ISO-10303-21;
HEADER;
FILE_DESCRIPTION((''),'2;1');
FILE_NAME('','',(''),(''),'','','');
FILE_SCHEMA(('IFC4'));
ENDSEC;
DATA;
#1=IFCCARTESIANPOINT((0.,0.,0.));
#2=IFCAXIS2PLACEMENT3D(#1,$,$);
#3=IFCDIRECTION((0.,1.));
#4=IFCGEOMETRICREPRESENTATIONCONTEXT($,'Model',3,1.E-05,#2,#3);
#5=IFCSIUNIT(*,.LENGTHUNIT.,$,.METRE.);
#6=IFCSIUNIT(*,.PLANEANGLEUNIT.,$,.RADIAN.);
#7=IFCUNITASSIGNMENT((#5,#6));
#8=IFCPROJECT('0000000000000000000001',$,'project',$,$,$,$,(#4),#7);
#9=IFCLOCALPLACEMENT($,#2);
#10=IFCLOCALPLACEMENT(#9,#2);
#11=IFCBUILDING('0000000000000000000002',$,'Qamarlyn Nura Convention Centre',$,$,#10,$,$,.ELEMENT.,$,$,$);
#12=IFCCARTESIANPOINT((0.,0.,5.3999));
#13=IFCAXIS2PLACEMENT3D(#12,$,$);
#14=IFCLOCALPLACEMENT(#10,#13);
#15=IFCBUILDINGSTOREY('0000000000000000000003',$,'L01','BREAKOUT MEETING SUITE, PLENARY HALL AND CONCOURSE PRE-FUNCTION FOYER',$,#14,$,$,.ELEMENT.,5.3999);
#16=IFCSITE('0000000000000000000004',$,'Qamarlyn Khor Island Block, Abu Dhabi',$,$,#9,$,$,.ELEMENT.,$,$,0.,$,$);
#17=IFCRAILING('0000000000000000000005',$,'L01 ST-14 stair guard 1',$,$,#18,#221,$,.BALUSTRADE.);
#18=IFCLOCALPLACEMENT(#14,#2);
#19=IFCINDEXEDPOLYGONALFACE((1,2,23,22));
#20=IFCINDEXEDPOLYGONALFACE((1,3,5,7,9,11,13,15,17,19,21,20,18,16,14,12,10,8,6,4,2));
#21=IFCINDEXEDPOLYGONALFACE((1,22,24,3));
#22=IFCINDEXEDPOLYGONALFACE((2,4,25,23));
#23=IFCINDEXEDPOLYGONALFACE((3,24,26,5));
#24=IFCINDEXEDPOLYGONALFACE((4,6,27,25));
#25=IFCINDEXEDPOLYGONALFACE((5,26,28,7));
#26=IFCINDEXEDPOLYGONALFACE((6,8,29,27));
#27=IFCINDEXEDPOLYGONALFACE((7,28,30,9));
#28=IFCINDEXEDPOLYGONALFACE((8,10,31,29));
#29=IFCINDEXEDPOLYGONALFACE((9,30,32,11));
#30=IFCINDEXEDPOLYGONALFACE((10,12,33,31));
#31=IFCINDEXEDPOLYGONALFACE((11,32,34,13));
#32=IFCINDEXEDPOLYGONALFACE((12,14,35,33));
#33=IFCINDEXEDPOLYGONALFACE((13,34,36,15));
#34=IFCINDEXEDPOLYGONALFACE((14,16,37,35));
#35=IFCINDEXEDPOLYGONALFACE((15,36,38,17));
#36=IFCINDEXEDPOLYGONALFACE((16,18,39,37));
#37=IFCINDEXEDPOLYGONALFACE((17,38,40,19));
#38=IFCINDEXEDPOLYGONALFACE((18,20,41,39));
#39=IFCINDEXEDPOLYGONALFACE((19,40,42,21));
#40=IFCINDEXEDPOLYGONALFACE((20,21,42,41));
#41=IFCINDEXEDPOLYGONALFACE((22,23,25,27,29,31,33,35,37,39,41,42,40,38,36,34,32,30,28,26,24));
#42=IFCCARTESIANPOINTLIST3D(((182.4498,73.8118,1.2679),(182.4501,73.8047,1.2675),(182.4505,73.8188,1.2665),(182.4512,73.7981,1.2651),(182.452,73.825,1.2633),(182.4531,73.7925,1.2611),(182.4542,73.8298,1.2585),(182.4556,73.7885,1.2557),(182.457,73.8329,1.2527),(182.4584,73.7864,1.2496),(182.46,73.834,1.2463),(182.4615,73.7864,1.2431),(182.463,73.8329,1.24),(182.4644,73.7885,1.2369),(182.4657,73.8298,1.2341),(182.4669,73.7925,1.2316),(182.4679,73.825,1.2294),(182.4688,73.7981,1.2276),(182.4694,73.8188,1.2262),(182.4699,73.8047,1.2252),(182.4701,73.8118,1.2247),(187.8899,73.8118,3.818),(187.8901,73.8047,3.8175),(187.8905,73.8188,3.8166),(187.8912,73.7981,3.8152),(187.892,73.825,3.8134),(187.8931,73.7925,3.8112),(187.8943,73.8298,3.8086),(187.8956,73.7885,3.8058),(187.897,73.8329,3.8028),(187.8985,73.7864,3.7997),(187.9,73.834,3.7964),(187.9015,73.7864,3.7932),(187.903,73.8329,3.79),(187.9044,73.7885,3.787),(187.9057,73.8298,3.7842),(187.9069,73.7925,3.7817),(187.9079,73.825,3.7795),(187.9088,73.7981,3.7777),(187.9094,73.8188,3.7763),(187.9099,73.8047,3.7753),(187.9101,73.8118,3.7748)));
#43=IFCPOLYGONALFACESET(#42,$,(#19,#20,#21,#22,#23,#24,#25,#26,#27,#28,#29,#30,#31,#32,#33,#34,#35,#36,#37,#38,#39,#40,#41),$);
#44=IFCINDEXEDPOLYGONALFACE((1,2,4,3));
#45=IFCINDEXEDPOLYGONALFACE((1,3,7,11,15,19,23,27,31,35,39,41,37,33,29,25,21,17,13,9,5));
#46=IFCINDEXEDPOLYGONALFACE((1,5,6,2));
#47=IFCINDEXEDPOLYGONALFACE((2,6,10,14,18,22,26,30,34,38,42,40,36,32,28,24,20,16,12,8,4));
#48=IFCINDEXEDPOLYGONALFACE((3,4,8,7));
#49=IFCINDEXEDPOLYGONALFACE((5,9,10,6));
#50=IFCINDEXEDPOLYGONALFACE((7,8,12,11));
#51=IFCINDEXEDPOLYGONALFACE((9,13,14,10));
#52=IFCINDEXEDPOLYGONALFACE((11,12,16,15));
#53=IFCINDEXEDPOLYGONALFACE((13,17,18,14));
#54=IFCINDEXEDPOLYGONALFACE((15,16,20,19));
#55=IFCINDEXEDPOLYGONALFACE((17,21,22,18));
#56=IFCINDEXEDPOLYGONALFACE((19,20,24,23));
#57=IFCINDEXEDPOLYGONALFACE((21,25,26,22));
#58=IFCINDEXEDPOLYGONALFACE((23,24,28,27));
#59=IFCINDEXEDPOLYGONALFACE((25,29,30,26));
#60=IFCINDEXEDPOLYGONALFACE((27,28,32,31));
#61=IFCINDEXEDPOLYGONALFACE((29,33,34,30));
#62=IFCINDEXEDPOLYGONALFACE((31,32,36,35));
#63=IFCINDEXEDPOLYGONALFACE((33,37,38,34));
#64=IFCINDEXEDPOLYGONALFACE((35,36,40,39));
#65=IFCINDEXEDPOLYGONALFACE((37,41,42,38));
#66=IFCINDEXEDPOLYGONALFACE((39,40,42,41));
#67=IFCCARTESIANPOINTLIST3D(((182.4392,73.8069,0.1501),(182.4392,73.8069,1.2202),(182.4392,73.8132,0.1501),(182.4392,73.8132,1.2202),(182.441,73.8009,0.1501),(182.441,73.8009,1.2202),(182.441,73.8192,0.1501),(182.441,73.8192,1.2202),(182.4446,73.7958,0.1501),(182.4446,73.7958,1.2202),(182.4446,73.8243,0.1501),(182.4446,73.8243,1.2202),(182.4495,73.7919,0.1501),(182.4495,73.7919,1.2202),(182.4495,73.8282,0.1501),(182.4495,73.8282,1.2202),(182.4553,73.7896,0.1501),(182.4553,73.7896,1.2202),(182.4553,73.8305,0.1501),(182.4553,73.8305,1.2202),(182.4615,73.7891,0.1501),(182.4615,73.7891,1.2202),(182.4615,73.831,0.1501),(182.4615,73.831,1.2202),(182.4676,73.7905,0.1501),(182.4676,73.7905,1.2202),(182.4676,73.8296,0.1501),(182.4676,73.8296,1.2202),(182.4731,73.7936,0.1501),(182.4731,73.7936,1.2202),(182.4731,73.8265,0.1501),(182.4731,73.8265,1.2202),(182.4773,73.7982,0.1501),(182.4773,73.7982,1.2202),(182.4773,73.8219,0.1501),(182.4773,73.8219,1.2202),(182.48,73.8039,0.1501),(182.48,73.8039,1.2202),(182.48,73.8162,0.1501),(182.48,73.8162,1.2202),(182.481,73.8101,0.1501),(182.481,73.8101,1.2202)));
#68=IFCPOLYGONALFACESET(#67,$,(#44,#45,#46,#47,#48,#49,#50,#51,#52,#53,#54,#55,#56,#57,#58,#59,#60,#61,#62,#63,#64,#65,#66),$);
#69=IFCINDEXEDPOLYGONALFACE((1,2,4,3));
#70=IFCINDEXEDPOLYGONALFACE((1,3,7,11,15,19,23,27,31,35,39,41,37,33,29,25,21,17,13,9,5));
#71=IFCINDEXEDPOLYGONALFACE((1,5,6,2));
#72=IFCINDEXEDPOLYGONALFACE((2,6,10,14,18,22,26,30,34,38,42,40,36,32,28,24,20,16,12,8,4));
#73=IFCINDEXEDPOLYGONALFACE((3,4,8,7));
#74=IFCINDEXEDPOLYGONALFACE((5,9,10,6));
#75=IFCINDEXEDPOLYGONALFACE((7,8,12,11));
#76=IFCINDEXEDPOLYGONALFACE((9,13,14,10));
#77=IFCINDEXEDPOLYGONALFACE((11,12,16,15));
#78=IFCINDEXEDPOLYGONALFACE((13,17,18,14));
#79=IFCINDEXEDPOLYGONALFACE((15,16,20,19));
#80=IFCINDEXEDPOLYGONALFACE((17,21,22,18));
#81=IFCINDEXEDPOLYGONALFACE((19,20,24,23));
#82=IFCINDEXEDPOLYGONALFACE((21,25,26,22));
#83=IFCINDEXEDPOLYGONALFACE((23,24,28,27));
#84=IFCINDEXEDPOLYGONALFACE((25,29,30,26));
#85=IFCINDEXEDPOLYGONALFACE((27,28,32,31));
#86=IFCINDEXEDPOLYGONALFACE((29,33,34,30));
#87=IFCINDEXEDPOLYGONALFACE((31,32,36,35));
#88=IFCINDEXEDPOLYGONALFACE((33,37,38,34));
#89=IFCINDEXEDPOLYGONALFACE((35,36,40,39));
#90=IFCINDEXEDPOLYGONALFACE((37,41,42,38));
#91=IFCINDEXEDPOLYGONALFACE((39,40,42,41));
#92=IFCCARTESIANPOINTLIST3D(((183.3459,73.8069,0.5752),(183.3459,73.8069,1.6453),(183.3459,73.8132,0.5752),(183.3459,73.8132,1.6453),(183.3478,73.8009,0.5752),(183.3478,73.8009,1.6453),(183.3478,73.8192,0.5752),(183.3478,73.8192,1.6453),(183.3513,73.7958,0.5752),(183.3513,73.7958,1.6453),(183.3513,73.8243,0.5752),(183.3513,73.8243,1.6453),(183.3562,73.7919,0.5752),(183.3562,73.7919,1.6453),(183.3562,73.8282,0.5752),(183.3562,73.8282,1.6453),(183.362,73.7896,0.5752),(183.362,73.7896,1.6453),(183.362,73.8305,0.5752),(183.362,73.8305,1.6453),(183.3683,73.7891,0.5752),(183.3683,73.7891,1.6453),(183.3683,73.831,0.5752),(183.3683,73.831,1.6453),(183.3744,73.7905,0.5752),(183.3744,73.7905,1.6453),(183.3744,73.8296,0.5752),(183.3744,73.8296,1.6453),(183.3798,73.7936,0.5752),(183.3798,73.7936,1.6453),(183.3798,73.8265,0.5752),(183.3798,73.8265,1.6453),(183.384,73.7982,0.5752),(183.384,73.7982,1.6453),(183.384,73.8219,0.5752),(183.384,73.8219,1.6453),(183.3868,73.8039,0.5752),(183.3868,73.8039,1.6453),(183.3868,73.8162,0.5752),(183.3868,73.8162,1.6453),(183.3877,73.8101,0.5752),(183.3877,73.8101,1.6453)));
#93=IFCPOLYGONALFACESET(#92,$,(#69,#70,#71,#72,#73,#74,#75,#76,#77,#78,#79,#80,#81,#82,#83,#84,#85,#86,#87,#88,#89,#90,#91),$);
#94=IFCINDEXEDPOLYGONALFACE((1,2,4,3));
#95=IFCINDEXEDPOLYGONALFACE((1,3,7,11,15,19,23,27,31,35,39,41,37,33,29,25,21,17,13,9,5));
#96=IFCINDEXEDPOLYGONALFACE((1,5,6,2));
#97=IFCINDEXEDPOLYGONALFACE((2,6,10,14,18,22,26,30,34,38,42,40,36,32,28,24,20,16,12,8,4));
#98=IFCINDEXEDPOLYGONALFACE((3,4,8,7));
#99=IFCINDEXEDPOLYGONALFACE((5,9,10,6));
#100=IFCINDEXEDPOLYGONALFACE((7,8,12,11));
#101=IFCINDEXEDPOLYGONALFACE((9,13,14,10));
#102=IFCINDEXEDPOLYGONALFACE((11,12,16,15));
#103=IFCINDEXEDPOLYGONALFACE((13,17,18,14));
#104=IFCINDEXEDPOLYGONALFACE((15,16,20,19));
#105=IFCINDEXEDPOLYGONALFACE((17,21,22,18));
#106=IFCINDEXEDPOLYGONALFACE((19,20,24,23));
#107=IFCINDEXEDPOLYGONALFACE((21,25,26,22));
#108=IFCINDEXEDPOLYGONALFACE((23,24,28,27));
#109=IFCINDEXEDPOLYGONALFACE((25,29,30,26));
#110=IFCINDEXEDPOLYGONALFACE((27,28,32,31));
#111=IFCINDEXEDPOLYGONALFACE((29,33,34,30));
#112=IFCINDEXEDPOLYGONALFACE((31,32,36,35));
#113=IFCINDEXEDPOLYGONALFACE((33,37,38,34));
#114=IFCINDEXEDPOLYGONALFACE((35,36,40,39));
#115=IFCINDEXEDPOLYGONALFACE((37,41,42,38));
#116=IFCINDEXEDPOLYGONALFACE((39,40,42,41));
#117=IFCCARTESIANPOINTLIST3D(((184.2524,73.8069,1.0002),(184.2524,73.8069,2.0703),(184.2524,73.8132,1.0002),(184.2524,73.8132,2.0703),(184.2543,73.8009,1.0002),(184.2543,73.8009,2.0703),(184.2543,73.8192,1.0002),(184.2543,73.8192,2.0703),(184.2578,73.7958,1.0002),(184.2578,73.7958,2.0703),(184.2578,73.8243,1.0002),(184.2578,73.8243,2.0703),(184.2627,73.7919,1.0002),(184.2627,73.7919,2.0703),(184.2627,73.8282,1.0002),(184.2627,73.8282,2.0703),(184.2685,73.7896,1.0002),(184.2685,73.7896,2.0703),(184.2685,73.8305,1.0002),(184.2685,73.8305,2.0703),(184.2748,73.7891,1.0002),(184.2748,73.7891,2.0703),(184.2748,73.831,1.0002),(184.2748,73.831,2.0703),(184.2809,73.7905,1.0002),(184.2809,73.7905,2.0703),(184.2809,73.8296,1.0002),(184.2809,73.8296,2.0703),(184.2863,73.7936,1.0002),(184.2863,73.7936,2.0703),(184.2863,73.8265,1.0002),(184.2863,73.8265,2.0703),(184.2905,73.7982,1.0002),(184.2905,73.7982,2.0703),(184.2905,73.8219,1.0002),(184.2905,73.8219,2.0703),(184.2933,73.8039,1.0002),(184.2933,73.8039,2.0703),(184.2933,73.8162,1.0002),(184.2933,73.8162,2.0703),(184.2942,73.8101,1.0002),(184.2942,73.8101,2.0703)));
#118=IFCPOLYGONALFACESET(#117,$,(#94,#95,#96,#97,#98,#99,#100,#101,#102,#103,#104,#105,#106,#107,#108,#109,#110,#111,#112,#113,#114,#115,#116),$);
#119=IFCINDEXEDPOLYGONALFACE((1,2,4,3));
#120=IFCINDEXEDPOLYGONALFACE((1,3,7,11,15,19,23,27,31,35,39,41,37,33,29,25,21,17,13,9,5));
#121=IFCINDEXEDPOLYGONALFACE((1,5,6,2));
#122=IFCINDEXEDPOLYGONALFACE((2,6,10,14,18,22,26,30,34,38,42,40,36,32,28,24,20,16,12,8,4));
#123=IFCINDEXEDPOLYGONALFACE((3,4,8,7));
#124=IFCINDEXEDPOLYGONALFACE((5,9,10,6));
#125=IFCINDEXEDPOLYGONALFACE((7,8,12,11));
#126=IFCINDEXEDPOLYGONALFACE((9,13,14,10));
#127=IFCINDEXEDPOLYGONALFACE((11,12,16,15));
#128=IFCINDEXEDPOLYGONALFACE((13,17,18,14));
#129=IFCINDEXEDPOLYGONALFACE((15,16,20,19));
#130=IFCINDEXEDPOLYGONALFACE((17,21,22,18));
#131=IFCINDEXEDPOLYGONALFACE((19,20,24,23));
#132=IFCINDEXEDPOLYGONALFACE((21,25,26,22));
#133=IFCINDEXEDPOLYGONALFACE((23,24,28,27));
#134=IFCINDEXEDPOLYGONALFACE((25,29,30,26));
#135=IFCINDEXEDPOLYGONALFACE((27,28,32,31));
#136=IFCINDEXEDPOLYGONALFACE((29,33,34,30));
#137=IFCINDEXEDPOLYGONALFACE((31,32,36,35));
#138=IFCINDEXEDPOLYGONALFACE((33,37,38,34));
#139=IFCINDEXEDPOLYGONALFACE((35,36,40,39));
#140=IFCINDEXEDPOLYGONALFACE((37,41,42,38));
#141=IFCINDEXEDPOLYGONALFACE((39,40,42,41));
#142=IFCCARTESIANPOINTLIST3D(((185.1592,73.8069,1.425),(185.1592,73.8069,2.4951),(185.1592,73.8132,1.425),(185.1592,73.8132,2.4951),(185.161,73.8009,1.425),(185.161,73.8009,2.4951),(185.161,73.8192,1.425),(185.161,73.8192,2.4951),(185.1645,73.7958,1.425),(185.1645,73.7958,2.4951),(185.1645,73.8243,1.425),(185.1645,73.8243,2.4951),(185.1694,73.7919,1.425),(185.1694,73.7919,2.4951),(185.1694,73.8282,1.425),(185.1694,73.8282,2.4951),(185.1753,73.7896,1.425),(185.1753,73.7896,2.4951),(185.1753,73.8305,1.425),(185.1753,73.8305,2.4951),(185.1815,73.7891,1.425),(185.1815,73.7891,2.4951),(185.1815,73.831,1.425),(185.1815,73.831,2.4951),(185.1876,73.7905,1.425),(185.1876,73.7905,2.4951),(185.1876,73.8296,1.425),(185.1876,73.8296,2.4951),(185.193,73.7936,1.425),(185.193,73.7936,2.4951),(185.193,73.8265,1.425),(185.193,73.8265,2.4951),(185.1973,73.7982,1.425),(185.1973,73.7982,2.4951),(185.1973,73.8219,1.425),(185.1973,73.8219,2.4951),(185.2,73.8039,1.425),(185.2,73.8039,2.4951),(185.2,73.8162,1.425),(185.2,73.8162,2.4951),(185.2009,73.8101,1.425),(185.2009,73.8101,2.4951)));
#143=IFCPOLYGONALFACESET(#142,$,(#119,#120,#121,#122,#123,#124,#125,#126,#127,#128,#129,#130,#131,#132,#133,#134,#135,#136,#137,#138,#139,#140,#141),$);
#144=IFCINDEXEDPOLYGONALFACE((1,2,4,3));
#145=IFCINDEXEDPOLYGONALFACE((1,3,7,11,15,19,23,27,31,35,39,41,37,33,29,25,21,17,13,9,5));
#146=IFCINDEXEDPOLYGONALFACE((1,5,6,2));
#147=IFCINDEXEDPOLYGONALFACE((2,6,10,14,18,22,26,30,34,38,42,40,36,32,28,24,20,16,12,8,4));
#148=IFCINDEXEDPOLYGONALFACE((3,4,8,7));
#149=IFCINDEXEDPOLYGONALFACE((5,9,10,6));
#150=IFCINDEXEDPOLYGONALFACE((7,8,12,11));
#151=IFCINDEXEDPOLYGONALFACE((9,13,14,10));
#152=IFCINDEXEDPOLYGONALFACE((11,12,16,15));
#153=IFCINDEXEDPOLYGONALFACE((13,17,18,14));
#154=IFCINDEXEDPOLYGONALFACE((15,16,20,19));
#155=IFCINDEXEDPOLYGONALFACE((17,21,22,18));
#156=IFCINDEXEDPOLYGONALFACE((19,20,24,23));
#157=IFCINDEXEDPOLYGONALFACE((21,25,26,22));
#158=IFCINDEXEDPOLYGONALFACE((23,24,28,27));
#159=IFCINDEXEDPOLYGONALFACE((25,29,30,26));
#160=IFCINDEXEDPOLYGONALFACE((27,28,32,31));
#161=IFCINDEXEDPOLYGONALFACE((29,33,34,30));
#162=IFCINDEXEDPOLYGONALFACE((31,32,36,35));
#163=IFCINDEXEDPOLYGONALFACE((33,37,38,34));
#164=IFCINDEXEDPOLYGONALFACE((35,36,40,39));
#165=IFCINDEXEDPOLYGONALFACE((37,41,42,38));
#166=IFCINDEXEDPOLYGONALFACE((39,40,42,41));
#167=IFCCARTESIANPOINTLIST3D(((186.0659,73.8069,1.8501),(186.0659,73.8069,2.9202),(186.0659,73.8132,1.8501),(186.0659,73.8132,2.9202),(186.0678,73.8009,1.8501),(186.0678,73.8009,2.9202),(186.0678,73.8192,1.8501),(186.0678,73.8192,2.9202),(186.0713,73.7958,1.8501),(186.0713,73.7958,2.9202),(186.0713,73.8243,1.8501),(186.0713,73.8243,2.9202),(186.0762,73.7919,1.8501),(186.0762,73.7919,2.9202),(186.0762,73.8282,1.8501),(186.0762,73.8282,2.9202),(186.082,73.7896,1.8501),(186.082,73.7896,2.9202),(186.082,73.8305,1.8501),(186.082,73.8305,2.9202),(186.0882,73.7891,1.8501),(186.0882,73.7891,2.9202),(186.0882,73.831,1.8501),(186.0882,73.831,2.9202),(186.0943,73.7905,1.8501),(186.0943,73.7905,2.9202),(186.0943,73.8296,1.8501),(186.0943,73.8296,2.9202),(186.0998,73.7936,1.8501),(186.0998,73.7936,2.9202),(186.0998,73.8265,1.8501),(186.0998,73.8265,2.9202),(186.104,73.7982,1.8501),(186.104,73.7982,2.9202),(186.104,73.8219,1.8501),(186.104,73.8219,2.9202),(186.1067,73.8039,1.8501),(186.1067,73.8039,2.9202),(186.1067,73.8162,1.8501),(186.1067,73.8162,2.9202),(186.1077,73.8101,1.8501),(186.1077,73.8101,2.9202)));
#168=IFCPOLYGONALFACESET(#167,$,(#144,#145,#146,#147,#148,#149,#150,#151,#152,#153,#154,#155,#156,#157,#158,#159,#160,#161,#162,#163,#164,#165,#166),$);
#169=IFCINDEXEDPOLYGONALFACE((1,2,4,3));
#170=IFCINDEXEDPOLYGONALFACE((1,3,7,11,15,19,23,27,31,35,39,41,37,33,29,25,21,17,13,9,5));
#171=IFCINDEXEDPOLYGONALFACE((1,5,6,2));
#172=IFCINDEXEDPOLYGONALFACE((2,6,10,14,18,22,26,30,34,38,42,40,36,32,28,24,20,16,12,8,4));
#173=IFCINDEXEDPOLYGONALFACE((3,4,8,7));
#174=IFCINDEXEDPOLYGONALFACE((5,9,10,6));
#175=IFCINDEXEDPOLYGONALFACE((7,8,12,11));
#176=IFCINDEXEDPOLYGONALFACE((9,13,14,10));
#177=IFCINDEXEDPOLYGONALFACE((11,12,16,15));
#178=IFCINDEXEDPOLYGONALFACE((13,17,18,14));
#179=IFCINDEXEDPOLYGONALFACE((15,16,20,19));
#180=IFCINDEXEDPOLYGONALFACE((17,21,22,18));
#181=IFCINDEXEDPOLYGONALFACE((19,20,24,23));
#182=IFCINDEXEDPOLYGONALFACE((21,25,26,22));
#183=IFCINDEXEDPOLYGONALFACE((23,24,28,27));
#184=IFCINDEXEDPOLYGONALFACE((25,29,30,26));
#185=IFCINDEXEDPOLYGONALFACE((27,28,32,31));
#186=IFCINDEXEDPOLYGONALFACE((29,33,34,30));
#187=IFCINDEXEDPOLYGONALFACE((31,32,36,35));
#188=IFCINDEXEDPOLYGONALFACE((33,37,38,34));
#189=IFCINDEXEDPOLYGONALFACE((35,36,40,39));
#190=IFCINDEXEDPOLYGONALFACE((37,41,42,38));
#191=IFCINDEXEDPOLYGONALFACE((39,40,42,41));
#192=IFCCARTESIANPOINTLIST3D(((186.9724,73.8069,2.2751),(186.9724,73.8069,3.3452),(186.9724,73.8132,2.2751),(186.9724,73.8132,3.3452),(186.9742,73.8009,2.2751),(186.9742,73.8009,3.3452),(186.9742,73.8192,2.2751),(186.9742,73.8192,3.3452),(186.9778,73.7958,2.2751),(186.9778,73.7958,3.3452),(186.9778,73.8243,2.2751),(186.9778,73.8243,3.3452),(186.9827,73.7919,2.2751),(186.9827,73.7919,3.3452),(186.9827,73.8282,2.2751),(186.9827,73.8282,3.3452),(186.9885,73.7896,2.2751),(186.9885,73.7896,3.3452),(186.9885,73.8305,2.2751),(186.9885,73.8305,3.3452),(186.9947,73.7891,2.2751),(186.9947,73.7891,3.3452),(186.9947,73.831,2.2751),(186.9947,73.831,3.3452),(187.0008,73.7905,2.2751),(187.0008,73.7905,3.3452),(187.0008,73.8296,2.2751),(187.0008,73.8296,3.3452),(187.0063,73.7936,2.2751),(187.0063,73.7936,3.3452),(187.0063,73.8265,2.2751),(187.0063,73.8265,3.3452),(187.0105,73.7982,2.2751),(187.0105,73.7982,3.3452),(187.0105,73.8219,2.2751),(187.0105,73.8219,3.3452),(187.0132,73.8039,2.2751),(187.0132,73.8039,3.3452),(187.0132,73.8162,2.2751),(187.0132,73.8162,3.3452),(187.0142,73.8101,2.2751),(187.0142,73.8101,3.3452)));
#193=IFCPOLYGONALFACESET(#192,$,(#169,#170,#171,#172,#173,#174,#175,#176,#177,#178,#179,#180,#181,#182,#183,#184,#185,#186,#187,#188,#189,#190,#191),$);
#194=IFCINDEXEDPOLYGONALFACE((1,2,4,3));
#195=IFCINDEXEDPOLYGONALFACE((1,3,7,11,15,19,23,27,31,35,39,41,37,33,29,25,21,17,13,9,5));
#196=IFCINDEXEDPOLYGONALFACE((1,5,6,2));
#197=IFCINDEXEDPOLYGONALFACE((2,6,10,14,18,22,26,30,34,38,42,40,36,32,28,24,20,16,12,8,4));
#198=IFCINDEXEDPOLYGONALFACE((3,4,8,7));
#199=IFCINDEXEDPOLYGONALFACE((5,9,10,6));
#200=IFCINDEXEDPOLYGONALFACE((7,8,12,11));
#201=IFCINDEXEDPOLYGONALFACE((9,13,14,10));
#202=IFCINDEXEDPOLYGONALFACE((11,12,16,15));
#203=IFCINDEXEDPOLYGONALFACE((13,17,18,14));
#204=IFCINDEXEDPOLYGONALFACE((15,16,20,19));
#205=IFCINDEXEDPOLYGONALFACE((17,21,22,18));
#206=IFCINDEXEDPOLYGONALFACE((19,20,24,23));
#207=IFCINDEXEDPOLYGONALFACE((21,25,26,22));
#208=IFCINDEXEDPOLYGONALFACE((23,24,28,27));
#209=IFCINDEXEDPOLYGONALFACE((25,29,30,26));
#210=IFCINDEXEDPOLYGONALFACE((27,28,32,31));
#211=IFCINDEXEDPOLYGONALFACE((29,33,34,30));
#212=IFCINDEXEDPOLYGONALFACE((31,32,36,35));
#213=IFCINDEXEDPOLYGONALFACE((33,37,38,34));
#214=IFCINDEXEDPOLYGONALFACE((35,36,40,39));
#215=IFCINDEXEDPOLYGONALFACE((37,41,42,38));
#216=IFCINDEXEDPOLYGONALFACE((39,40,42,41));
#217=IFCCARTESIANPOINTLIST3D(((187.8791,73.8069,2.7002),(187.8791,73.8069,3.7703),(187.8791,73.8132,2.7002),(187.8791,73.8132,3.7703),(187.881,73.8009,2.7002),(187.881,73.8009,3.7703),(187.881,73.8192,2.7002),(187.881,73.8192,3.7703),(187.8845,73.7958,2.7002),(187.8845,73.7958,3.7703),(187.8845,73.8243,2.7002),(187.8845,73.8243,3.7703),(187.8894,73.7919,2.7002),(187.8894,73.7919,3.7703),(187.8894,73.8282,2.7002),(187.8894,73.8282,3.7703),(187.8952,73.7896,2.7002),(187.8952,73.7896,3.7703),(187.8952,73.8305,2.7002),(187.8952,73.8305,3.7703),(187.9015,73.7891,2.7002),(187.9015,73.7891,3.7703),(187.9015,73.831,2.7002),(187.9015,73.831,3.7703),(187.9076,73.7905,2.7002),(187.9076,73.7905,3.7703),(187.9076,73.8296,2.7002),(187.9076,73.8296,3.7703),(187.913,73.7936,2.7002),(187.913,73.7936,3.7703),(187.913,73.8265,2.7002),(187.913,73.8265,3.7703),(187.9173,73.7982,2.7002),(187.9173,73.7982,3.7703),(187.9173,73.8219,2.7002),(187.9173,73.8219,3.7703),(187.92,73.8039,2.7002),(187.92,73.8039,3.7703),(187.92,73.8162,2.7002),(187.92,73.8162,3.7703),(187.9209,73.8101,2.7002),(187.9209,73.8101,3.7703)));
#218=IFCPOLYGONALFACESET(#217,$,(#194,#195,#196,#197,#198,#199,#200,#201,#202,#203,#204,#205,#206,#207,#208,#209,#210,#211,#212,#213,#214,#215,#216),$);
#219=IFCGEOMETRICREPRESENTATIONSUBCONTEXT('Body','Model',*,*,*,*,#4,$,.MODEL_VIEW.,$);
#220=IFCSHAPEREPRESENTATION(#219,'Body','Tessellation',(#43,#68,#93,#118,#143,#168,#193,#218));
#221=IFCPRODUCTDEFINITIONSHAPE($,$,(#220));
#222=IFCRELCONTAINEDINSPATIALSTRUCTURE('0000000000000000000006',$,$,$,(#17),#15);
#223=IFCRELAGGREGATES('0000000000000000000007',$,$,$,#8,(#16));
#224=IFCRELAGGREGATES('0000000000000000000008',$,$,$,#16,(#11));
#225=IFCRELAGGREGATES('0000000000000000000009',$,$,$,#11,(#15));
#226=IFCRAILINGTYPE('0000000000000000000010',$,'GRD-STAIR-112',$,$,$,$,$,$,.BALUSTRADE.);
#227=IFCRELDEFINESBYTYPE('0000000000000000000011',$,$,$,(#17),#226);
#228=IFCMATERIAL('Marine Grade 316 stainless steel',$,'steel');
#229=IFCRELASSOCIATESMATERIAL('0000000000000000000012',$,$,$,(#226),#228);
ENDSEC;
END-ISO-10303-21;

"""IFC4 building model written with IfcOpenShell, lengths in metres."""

from ifc_helpers import new_model, si_unit, direction, frame, origin, origin_2d, place, context, subcontext, project, spatial, circle, extrude, material, type_object, element, save


model = new_model("IFC4")

# Units and contexts
model_context = context("Model", 3, precision=1e-05, world=origin(), true_north=direction((0.0, 1.0)))
body_context = subcontext(model_context, "Body", "Model", "MODEL_VIEW")
ifc_project = project(units=[si_unit("LENGTHUNIT", "METRE"), si_unit("PLANEANGLEUNIT", "RADIAN")], contexts=[model_context])

# Site, building, storey
site_placement = place(None, origin())
site = spatial("IfcSite", under=ifc_project, at=site_placement, Name="Qamarlyn Khor Island Block, Abu Dhabi", CompositionType="ELEMENT", RefElevation=0.0)
building_placement = place(site_placement, origin())
building = spatial("IfcBuilding", under=site, at=building_placement, Name="Qamarlyn Nura Convention Centre", CompositionType="ELEMENT")
storey_placement = place(building_placement, frame((0.0, 0.0, 5.3999)))
storey = spatial("IfcBuildingStorey", under=building, at=storey_placement, Name="L01", Description="BREAKOUT MEETING SUITE, PLENARY HALL AND CONCOURSE PRE-FUNCTION FOYER", CompositionType="ELEMENT", Elevation=5.3999)

# Railing
ifc_material_1 = material(Name="Marine Grade 316 stainless steel", Category="steel")
railing_type = type_object("IfcRailingType", Name="GRD-STAIR-112", PredefinedType="BALUSTRADE", material=ifc_material_1)
railing_1_placement = place(storey_placement, frame((182.46, 73.8101, 0.1501)))
element("IfcRailing", 1, at=railing_1_placement, inside=storey, type_object=railing_type, Name="L01 ST-14 stair guard 1", PredefinedType="BALUSTRADE", context=body_context, shape_type="SweptSolid", body=[
    extrude(circle(Radius=0.0239, at=origin_2d()), frame((0.0, 0.0, 1.0962), z_axis=(0.905454, 0.0, 0.424444), x_axis=(0.0, 1.0, 0.0)), (0.0, 0.0, 1.0), 6.0081),
    extrude(circle(Radius=0.021, at=origin_2d()), origin(), (0.0, 0.0, 1.0), 1.0701),
    extrude(circle(Radius=0.021, at=origin_2d()), frame((0.9067, 0.0, 0.425)), (0.0, 0.0, 1.0), 1.0701),
    extrude(circle(Radius=0.021, at=origin_2d()), frame((1.8132, 0.0, 0.8501)), (0.0, 0.0, 1.0), 1.0701),
    extrude(circle(Radius=0.021, at=origin_2d()), frame((2.72, 0.0, 1.2749)), (0.0, 0.0, 1.0), 1.0701),
    extrude(circle(Radius=0.021, at=origin_2d()), frame((3.6267, 0.0, 1.7)), (0.0, 0.0, 1.0), 1.0701),
    extrude(circle(Radius=0.021, at=origin_2d()), frame((4.5332, 0.0, 2.125)), (0.0, 0.0, 1.0), 1.0701),
    extrude(circle(Radius=0.021, at=origin_2d()), frame((5.4399, 0.0, 2.55)), (0.0, 0.0, 1.0), 1.0701),
])

save(model, "model.ifc")
